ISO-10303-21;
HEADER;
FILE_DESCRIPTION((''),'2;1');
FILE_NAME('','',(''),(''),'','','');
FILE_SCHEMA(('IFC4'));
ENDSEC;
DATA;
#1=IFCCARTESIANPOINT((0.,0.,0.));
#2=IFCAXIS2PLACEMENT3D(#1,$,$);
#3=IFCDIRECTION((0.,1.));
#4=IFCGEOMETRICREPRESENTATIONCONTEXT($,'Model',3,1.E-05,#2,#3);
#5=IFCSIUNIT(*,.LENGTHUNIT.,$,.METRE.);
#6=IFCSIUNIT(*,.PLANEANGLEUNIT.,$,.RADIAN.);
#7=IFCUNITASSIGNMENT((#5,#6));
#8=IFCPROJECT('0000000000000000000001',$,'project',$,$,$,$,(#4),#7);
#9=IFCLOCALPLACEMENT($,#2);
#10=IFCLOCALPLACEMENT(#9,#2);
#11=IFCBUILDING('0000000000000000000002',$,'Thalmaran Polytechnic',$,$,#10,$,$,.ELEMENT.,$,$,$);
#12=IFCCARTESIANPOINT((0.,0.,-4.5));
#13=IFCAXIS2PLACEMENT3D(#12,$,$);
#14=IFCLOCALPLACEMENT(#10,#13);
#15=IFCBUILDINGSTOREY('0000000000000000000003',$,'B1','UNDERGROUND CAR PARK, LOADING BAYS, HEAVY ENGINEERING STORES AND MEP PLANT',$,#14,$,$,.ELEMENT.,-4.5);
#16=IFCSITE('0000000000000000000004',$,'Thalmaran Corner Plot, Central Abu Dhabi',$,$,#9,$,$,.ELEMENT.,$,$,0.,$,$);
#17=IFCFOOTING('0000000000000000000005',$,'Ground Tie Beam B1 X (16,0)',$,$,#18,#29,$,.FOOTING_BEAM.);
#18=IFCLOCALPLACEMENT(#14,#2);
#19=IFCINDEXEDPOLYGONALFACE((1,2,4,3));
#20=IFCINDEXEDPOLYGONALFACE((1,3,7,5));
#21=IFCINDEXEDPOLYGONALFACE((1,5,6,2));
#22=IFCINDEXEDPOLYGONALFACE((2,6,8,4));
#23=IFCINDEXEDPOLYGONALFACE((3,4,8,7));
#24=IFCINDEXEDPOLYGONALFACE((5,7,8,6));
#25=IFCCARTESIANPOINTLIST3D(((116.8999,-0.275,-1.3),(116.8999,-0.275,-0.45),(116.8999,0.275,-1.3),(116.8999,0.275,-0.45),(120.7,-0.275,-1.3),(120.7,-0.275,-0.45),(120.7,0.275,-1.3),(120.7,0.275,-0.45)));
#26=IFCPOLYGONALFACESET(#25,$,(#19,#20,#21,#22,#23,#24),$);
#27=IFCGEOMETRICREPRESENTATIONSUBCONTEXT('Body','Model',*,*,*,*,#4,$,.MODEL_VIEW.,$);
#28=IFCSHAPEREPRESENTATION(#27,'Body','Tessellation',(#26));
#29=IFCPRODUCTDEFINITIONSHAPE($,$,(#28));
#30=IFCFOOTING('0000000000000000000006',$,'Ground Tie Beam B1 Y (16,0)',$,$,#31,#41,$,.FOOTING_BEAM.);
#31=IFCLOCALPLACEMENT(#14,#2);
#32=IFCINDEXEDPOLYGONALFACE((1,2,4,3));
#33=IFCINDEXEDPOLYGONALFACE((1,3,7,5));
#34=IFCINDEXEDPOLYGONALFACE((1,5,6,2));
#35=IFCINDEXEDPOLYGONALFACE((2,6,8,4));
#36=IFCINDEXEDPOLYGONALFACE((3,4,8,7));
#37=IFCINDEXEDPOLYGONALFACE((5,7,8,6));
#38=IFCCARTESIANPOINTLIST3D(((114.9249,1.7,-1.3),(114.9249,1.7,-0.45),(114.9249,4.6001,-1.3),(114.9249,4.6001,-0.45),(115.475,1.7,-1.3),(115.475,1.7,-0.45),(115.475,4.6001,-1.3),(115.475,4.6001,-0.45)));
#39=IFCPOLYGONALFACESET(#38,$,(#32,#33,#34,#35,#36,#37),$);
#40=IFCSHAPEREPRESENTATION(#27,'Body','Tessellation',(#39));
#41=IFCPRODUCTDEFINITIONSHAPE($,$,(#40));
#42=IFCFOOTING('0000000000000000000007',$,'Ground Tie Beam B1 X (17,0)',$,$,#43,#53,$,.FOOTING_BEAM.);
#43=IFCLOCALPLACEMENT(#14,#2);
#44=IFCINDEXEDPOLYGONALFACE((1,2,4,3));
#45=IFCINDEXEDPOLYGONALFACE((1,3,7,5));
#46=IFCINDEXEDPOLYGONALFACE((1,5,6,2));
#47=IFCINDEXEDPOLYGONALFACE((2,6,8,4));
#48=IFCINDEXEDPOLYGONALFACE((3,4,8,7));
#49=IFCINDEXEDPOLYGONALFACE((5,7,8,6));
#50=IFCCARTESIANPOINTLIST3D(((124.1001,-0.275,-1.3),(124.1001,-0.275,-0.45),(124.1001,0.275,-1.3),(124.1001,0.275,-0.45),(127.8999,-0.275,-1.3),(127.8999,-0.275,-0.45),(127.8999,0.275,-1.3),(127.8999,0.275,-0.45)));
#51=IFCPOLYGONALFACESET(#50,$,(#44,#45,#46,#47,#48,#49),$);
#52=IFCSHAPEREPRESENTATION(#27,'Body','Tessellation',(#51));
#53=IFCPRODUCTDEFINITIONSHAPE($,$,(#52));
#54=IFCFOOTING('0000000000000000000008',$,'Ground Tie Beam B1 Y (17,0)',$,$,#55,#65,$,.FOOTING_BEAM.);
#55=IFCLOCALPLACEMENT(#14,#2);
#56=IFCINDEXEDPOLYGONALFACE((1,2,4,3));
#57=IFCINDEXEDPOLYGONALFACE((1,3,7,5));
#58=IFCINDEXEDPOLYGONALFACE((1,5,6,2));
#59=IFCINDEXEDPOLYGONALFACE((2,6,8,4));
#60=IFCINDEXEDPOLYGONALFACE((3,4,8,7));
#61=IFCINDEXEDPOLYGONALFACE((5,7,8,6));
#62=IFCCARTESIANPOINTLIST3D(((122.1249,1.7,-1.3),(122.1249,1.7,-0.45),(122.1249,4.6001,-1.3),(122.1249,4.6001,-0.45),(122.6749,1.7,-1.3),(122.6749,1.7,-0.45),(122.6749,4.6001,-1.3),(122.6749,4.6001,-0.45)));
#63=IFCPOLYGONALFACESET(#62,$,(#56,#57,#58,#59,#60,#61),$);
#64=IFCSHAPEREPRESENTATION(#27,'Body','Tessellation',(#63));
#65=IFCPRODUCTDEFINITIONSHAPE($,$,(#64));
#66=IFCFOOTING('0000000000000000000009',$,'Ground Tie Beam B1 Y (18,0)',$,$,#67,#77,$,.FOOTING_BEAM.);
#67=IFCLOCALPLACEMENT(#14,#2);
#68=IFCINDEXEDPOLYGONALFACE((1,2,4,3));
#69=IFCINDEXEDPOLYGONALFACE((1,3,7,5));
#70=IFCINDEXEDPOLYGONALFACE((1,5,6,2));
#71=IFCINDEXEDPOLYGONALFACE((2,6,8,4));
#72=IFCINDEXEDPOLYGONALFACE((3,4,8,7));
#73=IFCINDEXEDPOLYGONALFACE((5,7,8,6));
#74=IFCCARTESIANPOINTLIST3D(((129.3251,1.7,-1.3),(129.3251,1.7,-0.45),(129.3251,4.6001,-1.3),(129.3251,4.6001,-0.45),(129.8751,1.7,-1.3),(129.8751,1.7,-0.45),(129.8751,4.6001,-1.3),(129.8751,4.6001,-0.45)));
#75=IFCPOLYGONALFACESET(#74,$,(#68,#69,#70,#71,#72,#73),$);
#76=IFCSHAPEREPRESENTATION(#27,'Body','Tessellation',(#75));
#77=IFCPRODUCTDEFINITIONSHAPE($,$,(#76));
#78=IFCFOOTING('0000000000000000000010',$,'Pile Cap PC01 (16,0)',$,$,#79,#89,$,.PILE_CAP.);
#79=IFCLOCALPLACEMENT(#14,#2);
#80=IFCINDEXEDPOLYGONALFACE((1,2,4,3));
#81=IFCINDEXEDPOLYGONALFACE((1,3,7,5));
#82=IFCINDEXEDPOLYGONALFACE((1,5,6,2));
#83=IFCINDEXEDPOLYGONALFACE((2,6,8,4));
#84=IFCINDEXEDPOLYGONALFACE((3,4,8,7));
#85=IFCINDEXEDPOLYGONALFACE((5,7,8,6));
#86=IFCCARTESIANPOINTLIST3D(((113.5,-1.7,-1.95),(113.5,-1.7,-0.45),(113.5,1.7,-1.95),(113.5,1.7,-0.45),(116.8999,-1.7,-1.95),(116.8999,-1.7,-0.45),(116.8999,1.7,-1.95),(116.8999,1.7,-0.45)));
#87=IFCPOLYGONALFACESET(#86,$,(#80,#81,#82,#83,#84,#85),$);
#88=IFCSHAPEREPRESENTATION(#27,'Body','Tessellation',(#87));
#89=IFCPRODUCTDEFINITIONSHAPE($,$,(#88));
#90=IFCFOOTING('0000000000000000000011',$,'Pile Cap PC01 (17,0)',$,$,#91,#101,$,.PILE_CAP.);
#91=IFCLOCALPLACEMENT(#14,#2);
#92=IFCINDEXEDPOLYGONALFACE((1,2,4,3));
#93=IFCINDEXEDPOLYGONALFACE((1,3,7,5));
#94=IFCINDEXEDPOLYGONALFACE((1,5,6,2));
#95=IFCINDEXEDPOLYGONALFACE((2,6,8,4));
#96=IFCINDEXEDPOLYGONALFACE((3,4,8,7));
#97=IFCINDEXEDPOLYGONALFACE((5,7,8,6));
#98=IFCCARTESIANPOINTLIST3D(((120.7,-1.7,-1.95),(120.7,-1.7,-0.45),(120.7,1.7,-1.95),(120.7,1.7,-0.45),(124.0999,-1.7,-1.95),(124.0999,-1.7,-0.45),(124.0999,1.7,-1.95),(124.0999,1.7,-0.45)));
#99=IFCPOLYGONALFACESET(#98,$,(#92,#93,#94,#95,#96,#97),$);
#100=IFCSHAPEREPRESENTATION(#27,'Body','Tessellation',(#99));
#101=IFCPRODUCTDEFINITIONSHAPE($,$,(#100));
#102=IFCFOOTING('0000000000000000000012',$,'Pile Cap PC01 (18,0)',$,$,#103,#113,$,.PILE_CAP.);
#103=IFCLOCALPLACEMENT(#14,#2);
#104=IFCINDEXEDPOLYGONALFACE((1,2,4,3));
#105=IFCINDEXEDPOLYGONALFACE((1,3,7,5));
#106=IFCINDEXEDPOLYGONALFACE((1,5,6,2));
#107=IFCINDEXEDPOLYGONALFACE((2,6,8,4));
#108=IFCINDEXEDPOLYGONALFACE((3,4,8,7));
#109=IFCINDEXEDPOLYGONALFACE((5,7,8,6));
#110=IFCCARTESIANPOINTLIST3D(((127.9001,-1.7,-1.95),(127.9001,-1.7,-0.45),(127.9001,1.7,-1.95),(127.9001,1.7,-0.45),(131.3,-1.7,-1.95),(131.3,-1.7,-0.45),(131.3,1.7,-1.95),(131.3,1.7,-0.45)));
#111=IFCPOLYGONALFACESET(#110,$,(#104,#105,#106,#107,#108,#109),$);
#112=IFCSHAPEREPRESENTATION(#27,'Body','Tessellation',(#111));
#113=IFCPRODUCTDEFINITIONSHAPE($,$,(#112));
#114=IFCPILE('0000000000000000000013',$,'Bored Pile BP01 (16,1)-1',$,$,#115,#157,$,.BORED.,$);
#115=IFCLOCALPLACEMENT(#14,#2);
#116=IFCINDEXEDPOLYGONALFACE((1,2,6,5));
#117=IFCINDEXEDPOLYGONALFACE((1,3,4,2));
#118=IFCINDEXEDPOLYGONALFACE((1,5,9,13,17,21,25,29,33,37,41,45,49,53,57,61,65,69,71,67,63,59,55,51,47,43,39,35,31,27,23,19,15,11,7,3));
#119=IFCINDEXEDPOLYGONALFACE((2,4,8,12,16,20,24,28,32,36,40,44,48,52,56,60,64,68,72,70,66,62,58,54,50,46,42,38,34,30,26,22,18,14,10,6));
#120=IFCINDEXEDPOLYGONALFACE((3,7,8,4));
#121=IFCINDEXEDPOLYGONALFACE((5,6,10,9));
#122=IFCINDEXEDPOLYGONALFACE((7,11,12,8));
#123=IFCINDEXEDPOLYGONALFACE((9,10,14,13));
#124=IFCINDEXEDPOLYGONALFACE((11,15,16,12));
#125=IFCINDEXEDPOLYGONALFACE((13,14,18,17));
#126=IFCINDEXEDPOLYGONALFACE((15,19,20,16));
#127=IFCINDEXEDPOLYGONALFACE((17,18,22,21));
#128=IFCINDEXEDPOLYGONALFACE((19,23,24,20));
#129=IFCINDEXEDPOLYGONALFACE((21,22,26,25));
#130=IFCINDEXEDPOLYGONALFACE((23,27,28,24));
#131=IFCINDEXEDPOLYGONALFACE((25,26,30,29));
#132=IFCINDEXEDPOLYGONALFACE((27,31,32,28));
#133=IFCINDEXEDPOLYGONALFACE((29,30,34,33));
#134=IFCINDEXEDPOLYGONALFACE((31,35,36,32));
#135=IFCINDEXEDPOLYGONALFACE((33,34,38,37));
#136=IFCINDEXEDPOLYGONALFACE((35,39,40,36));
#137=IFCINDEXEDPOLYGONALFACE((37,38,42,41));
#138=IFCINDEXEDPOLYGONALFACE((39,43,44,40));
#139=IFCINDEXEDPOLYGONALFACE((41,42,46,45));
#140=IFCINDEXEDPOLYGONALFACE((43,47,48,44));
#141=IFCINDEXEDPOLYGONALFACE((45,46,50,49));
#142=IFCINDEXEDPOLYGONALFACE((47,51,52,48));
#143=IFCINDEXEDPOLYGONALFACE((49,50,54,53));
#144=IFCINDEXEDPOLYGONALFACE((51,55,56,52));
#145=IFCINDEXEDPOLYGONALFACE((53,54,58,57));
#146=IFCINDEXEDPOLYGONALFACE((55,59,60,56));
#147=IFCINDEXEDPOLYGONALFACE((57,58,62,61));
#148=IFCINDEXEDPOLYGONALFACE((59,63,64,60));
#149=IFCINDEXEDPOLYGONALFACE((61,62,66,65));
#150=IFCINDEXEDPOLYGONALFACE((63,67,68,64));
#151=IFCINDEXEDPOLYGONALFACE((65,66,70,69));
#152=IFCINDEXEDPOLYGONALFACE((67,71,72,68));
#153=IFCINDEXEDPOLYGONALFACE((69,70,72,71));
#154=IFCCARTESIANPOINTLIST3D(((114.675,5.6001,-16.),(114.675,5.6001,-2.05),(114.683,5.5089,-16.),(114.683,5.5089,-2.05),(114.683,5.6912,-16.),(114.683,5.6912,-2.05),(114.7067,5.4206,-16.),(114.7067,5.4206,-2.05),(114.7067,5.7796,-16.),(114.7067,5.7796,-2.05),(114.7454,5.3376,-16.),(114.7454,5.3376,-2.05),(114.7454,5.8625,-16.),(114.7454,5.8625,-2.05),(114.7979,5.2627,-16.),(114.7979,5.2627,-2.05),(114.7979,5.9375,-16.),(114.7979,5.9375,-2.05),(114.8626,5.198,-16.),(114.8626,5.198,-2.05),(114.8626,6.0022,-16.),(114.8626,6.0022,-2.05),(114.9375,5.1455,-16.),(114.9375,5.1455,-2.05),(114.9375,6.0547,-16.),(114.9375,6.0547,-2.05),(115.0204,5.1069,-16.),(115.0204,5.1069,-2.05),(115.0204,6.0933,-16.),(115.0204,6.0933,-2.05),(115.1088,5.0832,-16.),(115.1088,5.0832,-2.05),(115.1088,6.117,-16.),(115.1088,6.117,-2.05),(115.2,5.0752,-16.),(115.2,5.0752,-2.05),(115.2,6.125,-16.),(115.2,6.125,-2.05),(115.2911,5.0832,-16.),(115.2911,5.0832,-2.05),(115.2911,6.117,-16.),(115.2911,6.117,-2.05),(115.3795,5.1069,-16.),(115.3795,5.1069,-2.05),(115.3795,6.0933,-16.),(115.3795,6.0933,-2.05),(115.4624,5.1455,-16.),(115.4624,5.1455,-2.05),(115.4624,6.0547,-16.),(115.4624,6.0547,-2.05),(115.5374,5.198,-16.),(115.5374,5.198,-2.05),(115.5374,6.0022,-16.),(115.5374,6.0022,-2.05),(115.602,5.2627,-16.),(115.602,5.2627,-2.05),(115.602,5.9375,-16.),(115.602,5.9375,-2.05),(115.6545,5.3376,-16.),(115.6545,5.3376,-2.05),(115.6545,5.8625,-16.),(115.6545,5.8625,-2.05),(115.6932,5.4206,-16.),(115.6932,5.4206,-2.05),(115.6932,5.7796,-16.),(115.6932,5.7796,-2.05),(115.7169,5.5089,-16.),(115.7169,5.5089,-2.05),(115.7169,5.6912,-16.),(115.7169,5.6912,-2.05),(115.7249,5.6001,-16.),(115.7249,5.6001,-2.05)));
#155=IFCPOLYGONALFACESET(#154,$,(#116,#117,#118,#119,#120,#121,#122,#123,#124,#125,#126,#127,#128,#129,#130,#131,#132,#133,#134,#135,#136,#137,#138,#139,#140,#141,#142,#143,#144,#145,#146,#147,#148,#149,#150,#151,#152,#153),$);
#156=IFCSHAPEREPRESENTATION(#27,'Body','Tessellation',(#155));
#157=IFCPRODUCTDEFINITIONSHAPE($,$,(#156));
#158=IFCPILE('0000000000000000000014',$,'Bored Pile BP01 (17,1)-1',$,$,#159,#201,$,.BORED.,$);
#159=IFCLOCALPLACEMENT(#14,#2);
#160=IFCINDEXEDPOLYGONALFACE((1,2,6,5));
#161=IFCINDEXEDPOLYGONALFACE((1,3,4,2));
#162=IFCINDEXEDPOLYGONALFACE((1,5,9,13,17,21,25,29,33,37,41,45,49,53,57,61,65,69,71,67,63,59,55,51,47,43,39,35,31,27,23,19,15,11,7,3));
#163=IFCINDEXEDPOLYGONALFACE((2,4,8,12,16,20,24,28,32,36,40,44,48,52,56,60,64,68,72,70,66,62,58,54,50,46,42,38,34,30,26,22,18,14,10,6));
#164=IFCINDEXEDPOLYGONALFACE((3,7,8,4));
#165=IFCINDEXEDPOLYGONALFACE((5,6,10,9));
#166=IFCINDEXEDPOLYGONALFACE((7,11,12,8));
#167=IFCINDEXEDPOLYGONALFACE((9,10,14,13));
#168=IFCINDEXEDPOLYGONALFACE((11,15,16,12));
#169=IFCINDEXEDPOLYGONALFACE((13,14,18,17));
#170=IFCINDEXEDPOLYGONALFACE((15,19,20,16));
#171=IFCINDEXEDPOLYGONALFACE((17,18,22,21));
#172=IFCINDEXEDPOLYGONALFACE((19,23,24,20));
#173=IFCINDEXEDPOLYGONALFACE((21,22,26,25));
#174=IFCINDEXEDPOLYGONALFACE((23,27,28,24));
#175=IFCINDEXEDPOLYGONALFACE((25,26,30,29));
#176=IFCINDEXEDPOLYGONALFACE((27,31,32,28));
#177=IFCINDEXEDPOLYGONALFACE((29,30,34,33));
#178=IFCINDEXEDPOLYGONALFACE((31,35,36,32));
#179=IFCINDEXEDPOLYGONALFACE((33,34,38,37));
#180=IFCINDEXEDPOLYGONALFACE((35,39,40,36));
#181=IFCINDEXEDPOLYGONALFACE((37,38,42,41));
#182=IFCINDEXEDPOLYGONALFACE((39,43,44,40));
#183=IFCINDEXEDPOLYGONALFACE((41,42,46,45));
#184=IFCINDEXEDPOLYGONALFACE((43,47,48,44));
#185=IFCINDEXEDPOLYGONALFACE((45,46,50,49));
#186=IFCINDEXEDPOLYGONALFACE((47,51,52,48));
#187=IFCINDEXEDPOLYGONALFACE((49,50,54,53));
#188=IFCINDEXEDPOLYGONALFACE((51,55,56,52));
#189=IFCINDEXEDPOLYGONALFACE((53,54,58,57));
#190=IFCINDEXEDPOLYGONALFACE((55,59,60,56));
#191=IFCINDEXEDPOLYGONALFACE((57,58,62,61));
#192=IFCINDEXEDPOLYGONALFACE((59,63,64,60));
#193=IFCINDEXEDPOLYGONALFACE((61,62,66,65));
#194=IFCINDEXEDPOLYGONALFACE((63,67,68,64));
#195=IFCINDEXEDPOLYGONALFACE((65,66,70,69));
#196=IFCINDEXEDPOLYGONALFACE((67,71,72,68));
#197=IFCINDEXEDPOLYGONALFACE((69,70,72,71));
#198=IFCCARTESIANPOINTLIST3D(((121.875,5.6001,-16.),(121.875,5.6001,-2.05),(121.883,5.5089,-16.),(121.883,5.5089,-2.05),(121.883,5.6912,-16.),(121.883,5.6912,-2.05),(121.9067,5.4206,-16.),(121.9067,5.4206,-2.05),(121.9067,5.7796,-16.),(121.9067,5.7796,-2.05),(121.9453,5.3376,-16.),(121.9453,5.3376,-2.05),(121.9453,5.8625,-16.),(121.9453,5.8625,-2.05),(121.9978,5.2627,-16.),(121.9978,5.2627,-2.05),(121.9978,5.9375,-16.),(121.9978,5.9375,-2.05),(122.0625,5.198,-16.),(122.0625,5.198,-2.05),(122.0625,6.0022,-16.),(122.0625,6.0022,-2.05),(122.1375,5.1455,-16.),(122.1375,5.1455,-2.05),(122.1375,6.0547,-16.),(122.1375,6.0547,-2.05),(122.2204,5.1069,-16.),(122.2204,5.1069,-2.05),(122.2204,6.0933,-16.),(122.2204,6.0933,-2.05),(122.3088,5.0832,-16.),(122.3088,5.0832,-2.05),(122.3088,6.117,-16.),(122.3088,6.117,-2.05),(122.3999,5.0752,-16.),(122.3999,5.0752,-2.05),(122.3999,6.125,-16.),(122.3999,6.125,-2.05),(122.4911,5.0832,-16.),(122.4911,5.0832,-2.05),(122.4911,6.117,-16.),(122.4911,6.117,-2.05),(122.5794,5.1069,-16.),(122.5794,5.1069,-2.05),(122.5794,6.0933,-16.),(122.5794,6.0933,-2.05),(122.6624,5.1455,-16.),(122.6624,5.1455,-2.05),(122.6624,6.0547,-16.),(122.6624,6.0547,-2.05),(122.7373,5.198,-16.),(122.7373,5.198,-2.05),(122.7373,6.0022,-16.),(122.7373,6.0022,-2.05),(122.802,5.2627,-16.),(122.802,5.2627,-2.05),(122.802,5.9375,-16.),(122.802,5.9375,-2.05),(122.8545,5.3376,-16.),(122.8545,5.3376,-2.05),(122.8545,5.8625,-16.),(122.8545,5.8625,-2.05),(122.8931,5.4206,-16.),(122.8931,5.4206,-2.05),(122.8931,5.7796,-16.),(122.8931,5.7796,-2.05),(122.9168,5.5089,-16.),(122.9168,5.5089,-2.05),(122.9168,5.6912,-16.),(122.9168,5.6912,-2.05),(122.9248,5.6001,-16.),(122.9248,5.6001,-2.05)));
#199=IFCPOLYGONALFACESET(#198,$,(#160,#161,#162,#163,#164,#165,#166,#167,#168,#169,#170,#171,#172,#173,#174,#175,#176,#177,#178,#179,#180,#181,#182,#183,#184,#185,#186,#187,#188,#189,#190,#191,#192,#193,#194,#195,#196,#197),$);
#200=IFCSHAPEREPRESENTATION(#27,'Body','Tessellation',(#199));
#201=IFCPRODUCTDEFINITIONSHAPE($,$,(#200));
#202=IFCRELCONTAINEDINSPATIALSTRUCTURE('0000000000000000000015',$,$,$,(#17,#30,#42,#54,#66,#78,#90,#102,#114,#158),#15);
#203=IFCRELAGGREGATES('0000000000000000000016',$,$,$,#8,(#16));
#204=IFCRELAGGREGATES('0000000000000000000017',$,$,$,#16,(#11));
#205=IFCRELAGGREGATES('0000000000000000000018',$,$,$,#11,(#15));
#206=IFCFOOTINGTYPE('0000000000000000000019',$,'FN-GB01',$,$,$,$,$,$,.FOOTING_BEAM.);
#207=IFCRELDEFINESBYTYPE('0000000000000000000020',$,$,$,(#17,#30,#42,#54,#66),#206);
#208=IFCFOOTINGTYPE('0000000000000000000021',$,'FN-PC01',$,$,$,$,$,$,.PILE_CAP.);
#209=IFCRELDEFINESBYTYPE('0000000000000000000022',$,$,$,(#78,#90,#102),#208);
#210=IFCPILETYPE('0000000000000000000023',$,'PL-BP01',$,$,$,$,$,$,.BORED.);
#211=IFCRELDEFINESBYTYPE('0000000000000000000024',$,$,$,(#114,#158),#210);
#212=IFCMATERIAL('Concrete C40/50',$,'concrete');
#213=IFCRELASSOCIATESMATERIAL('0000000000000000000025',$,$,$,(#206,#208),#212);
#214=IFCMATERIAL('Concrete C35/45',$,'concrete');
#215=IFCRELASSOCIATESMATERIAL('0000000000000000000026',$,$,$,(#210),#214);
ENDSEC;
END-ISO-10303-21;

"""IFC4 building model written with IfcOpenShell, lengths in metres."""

from ifc_helpers import new_model, si_unit, direction, frame, origin, origin_2d, place, context, subcontext, project, spatial, rectangle, circle, extrude, material, material_profile, profile_set, type_object, element, save


model = new_model("IFC4")

# Units and contexts
model_context = context("Model", 3, precision=1e-05, world=origin(), true_north=direction((0.0, 1.0)))
body_context = subcontext(model_context, "Body", "Model", "MODEL_VIEW")
ifc_project = project(units=[si_unit("LENGTHUNIT", "METRE"), si_unit("PLANEANGLEUNIT", "RADIAN")], contexts=[model_context])

# Site, building, storey
site_placement = place(None, origin())
site = spatial("IfcSite", under=ifc_project, at=site_placement, Name="Thalmaran Corner Plot, Central Abu Dhabi", CompositionType="ELEMENT", RefElevation=0.0)
building_placement = place(site_placement, origin())
building = spatial("IfcBuilding", under=site, at=building_placement, Name="Thalmaran Polytechnic", CompositionType="ELEMENT")
storey_placement = place(building_placement, frame((0.0, 0.0, -4.5)))
storey = spatial("IfcBuildingStorey", under=building, at=storey_placement, Name="B1", Description="UNDERGROUND CAR PARK, LOADING BAYS, HEAVY ENGINEERING STORES AND MEP PLANT", CompositionType="ELEMENT", Elevation=-4.5)

# Footings
ifc_material_1 = material(Name="Concrete C40/50", Category="concrete")
ifc_material_profile_1 = material_profile(ifc_material_1, rectangle(XDim=0.55, YDim=0.8501, at=origin_2d()), Name="RC 550x850")
ifc_profile_set_1 = profile_set([ifc_material_profile_1], Name="Concrete C40/50")
footing_type_1 = type_object("IfcFootingType", Name="FN-GB01", PredefinedType="FOOTING_BEAM", material=ifc_profile_set_1)
footing_1_placement = place(storey_placement, frame((116.8999, 0.0, -0.875), z_axis=(1.0, 0.0, 0.0), x_axis=(0.0, 1.0, 0.0)))
element("IfcFooting", 1, at=footing_1_placement, inside=storey, type_object=footing_type_1, Name="Ground Tie Beam B1 X (16,0)", PredefinedType="FOOTING_BEAM", context=body_context, shape_type="SweptSolid", body=[
    extrude(rectangle(XDim=0.55, YDim=0.8501, at=origin_2d()), origin(), (0.0, 0.0, 1.0), 3.8),
])
footing_2_placement = place(storey_placement, frame((115.2, 1.7, -0.875), z_axis=(0.0, 1.0, 0.0), x_axis=(-1.0, 0.0, 0.0)))
element("IfcFooting", 2, at=footing_2_placement, inside=storey, type_object=footing_type_1, Name="Ground Tie Beam B1 Y (16,0)", PredefinedType="FOOTING_BEAM", context=body_context, shape_type="SweptSolid", body=[
    extrude(rectangle(XDim=0.55, YDim=0.8501, at=origin_2d()), origin(), (0.0, 0.0, 1.0), 2.9001),
])
footing_3_placement = place(storey_placement, frame((124.1001, 0.0, -0.875), z_axis=(1.0, 0.0, 0.0), x_axis=(0.0, 1.0, 0.0)))
element("IfcFooting", 3, at=footing_3_placement, inside=storey, type_object=footing_type_1, Name="Ground Tie Beam B1 X (17,0)", PredefinedType="FOOTING_BEAM", context=body_context, shape_type="SweptSolid", body=[
    extrude(rectangle(XDim=0.55, YDim=0.8501, at=origin_2d()), origin(), (0.0, 0.0, 1.0), 3.7998),
])
for number, where, z_axis, x_axis, name in (
    (4, (122.3999, 1.7, -0.875), (0.0, 1.0, 0.0), (-1.0, 0.0, 0.0), "Ground Tie Beam B1 Y (17,0)"),
    (5, (129.6001, 1.7, -0.875), (0.0, 1.0, 0.0), (-1.0, 0.0, 0.0), "Ground Tie Beam B1 Y (18,0)"),
):
    element("IfcFooting", number, at=place(storey_placement, frame(where, z_axis=z_axis, x_axis=x_axis)), inside=storey, type_object=footing_type_1, Name=name, PredefinedType="FOOTING_BEAM", context=body_context, shape_type="SweptSolid", body=[
        extrude(rectangle(XDim=0.55, YDim=0.8501, at=origin_2d()), origin(), (0.0, 0.0, 1.0), 2.9001),
    ])
footing_type_2 = type_object("IfcFootingType", Name="FN-PC01", PredefinedType="PILE_CAP", material=ifc_material_1)
for number, where, z_axis, x_axis, name in (
    (6, (115.2, 0.0, -1.95), (0.0, 0.0, 1.0), (1.0, 0.0, 0.0), "Pile Cap PC01 (16,0)"),
    (7, (122.3999, 0.0, -1.95), (0.0, 0.0, 1.0), (1.0, 0.0, 0.0), "Pile Cap PC01 (17,0)"),
    (8, (129.6001, 0.0, -1.95), (0.0, 0.0, 1.0), (1.0, 0.0, 0.0), "Pile Cap PC01 (18,0)"),
):
    element("IfcFooting", number, at=place(storey_placement, frame(where, z_axis=z_axis, x_axis=x_axis)), inside=storey, type_object=footing_type_2, Name=name, PredefinedType="PILE_CAP", context=body_context, shape_type="SweptSolid", body=[
        extrude(rectangle(XDim=3.3999, YDim=3.3999, at=origin_2d()), origin(), (0.0, 0.0, 1.0), 1.5),
    ])

# Piles
ifc_material_2 = material(Name="Concrete C35/45", Category="concrete")
ifc_material_profile_2 = material_profile(ifc_material_2, circle(Radius=0.5249, at=origin_2d()), Name="RC 1050 DIA")
ifc_profile_set_2 = profile_set([ifc_material_profile_2], Name="Concrete C35/45")
pile_type_1 = type_object("IfcPileType", Name="PL-BP01", PredefinedType="BORED", material=ifc_profile_set_2)
for number, where, z_axis, x_axis, name in (
    (9, (115.2, 5.6001, -2.05), (0.0, 0.0, -1.0), (1.0, 0.0, 0.0), "Bored Pile BP01 (16,1)-1"),
    (10, (122.3999, 5.6001, -2.05), (0.0, 0.0, -1.0), (1.0, 0.0, 0.0), "Bored Pile BP01 (17,1)-1"),
):
    element("IfcPile", number, at=place(storey_placement, frame(where, z_axis=z_axis, x_axis=x_axis)), inside=storey, type_object=pile_type_1, Name=name, PredefinedType="BORED", context=body_context, shape_type="SweptSolid", body=[
        extrude(circle(Radius=0.5249, at=origin_2d()), origin(), (0.0, 0.0, 1.0), 13.95),
    ])

save(model, "model.ifc")
